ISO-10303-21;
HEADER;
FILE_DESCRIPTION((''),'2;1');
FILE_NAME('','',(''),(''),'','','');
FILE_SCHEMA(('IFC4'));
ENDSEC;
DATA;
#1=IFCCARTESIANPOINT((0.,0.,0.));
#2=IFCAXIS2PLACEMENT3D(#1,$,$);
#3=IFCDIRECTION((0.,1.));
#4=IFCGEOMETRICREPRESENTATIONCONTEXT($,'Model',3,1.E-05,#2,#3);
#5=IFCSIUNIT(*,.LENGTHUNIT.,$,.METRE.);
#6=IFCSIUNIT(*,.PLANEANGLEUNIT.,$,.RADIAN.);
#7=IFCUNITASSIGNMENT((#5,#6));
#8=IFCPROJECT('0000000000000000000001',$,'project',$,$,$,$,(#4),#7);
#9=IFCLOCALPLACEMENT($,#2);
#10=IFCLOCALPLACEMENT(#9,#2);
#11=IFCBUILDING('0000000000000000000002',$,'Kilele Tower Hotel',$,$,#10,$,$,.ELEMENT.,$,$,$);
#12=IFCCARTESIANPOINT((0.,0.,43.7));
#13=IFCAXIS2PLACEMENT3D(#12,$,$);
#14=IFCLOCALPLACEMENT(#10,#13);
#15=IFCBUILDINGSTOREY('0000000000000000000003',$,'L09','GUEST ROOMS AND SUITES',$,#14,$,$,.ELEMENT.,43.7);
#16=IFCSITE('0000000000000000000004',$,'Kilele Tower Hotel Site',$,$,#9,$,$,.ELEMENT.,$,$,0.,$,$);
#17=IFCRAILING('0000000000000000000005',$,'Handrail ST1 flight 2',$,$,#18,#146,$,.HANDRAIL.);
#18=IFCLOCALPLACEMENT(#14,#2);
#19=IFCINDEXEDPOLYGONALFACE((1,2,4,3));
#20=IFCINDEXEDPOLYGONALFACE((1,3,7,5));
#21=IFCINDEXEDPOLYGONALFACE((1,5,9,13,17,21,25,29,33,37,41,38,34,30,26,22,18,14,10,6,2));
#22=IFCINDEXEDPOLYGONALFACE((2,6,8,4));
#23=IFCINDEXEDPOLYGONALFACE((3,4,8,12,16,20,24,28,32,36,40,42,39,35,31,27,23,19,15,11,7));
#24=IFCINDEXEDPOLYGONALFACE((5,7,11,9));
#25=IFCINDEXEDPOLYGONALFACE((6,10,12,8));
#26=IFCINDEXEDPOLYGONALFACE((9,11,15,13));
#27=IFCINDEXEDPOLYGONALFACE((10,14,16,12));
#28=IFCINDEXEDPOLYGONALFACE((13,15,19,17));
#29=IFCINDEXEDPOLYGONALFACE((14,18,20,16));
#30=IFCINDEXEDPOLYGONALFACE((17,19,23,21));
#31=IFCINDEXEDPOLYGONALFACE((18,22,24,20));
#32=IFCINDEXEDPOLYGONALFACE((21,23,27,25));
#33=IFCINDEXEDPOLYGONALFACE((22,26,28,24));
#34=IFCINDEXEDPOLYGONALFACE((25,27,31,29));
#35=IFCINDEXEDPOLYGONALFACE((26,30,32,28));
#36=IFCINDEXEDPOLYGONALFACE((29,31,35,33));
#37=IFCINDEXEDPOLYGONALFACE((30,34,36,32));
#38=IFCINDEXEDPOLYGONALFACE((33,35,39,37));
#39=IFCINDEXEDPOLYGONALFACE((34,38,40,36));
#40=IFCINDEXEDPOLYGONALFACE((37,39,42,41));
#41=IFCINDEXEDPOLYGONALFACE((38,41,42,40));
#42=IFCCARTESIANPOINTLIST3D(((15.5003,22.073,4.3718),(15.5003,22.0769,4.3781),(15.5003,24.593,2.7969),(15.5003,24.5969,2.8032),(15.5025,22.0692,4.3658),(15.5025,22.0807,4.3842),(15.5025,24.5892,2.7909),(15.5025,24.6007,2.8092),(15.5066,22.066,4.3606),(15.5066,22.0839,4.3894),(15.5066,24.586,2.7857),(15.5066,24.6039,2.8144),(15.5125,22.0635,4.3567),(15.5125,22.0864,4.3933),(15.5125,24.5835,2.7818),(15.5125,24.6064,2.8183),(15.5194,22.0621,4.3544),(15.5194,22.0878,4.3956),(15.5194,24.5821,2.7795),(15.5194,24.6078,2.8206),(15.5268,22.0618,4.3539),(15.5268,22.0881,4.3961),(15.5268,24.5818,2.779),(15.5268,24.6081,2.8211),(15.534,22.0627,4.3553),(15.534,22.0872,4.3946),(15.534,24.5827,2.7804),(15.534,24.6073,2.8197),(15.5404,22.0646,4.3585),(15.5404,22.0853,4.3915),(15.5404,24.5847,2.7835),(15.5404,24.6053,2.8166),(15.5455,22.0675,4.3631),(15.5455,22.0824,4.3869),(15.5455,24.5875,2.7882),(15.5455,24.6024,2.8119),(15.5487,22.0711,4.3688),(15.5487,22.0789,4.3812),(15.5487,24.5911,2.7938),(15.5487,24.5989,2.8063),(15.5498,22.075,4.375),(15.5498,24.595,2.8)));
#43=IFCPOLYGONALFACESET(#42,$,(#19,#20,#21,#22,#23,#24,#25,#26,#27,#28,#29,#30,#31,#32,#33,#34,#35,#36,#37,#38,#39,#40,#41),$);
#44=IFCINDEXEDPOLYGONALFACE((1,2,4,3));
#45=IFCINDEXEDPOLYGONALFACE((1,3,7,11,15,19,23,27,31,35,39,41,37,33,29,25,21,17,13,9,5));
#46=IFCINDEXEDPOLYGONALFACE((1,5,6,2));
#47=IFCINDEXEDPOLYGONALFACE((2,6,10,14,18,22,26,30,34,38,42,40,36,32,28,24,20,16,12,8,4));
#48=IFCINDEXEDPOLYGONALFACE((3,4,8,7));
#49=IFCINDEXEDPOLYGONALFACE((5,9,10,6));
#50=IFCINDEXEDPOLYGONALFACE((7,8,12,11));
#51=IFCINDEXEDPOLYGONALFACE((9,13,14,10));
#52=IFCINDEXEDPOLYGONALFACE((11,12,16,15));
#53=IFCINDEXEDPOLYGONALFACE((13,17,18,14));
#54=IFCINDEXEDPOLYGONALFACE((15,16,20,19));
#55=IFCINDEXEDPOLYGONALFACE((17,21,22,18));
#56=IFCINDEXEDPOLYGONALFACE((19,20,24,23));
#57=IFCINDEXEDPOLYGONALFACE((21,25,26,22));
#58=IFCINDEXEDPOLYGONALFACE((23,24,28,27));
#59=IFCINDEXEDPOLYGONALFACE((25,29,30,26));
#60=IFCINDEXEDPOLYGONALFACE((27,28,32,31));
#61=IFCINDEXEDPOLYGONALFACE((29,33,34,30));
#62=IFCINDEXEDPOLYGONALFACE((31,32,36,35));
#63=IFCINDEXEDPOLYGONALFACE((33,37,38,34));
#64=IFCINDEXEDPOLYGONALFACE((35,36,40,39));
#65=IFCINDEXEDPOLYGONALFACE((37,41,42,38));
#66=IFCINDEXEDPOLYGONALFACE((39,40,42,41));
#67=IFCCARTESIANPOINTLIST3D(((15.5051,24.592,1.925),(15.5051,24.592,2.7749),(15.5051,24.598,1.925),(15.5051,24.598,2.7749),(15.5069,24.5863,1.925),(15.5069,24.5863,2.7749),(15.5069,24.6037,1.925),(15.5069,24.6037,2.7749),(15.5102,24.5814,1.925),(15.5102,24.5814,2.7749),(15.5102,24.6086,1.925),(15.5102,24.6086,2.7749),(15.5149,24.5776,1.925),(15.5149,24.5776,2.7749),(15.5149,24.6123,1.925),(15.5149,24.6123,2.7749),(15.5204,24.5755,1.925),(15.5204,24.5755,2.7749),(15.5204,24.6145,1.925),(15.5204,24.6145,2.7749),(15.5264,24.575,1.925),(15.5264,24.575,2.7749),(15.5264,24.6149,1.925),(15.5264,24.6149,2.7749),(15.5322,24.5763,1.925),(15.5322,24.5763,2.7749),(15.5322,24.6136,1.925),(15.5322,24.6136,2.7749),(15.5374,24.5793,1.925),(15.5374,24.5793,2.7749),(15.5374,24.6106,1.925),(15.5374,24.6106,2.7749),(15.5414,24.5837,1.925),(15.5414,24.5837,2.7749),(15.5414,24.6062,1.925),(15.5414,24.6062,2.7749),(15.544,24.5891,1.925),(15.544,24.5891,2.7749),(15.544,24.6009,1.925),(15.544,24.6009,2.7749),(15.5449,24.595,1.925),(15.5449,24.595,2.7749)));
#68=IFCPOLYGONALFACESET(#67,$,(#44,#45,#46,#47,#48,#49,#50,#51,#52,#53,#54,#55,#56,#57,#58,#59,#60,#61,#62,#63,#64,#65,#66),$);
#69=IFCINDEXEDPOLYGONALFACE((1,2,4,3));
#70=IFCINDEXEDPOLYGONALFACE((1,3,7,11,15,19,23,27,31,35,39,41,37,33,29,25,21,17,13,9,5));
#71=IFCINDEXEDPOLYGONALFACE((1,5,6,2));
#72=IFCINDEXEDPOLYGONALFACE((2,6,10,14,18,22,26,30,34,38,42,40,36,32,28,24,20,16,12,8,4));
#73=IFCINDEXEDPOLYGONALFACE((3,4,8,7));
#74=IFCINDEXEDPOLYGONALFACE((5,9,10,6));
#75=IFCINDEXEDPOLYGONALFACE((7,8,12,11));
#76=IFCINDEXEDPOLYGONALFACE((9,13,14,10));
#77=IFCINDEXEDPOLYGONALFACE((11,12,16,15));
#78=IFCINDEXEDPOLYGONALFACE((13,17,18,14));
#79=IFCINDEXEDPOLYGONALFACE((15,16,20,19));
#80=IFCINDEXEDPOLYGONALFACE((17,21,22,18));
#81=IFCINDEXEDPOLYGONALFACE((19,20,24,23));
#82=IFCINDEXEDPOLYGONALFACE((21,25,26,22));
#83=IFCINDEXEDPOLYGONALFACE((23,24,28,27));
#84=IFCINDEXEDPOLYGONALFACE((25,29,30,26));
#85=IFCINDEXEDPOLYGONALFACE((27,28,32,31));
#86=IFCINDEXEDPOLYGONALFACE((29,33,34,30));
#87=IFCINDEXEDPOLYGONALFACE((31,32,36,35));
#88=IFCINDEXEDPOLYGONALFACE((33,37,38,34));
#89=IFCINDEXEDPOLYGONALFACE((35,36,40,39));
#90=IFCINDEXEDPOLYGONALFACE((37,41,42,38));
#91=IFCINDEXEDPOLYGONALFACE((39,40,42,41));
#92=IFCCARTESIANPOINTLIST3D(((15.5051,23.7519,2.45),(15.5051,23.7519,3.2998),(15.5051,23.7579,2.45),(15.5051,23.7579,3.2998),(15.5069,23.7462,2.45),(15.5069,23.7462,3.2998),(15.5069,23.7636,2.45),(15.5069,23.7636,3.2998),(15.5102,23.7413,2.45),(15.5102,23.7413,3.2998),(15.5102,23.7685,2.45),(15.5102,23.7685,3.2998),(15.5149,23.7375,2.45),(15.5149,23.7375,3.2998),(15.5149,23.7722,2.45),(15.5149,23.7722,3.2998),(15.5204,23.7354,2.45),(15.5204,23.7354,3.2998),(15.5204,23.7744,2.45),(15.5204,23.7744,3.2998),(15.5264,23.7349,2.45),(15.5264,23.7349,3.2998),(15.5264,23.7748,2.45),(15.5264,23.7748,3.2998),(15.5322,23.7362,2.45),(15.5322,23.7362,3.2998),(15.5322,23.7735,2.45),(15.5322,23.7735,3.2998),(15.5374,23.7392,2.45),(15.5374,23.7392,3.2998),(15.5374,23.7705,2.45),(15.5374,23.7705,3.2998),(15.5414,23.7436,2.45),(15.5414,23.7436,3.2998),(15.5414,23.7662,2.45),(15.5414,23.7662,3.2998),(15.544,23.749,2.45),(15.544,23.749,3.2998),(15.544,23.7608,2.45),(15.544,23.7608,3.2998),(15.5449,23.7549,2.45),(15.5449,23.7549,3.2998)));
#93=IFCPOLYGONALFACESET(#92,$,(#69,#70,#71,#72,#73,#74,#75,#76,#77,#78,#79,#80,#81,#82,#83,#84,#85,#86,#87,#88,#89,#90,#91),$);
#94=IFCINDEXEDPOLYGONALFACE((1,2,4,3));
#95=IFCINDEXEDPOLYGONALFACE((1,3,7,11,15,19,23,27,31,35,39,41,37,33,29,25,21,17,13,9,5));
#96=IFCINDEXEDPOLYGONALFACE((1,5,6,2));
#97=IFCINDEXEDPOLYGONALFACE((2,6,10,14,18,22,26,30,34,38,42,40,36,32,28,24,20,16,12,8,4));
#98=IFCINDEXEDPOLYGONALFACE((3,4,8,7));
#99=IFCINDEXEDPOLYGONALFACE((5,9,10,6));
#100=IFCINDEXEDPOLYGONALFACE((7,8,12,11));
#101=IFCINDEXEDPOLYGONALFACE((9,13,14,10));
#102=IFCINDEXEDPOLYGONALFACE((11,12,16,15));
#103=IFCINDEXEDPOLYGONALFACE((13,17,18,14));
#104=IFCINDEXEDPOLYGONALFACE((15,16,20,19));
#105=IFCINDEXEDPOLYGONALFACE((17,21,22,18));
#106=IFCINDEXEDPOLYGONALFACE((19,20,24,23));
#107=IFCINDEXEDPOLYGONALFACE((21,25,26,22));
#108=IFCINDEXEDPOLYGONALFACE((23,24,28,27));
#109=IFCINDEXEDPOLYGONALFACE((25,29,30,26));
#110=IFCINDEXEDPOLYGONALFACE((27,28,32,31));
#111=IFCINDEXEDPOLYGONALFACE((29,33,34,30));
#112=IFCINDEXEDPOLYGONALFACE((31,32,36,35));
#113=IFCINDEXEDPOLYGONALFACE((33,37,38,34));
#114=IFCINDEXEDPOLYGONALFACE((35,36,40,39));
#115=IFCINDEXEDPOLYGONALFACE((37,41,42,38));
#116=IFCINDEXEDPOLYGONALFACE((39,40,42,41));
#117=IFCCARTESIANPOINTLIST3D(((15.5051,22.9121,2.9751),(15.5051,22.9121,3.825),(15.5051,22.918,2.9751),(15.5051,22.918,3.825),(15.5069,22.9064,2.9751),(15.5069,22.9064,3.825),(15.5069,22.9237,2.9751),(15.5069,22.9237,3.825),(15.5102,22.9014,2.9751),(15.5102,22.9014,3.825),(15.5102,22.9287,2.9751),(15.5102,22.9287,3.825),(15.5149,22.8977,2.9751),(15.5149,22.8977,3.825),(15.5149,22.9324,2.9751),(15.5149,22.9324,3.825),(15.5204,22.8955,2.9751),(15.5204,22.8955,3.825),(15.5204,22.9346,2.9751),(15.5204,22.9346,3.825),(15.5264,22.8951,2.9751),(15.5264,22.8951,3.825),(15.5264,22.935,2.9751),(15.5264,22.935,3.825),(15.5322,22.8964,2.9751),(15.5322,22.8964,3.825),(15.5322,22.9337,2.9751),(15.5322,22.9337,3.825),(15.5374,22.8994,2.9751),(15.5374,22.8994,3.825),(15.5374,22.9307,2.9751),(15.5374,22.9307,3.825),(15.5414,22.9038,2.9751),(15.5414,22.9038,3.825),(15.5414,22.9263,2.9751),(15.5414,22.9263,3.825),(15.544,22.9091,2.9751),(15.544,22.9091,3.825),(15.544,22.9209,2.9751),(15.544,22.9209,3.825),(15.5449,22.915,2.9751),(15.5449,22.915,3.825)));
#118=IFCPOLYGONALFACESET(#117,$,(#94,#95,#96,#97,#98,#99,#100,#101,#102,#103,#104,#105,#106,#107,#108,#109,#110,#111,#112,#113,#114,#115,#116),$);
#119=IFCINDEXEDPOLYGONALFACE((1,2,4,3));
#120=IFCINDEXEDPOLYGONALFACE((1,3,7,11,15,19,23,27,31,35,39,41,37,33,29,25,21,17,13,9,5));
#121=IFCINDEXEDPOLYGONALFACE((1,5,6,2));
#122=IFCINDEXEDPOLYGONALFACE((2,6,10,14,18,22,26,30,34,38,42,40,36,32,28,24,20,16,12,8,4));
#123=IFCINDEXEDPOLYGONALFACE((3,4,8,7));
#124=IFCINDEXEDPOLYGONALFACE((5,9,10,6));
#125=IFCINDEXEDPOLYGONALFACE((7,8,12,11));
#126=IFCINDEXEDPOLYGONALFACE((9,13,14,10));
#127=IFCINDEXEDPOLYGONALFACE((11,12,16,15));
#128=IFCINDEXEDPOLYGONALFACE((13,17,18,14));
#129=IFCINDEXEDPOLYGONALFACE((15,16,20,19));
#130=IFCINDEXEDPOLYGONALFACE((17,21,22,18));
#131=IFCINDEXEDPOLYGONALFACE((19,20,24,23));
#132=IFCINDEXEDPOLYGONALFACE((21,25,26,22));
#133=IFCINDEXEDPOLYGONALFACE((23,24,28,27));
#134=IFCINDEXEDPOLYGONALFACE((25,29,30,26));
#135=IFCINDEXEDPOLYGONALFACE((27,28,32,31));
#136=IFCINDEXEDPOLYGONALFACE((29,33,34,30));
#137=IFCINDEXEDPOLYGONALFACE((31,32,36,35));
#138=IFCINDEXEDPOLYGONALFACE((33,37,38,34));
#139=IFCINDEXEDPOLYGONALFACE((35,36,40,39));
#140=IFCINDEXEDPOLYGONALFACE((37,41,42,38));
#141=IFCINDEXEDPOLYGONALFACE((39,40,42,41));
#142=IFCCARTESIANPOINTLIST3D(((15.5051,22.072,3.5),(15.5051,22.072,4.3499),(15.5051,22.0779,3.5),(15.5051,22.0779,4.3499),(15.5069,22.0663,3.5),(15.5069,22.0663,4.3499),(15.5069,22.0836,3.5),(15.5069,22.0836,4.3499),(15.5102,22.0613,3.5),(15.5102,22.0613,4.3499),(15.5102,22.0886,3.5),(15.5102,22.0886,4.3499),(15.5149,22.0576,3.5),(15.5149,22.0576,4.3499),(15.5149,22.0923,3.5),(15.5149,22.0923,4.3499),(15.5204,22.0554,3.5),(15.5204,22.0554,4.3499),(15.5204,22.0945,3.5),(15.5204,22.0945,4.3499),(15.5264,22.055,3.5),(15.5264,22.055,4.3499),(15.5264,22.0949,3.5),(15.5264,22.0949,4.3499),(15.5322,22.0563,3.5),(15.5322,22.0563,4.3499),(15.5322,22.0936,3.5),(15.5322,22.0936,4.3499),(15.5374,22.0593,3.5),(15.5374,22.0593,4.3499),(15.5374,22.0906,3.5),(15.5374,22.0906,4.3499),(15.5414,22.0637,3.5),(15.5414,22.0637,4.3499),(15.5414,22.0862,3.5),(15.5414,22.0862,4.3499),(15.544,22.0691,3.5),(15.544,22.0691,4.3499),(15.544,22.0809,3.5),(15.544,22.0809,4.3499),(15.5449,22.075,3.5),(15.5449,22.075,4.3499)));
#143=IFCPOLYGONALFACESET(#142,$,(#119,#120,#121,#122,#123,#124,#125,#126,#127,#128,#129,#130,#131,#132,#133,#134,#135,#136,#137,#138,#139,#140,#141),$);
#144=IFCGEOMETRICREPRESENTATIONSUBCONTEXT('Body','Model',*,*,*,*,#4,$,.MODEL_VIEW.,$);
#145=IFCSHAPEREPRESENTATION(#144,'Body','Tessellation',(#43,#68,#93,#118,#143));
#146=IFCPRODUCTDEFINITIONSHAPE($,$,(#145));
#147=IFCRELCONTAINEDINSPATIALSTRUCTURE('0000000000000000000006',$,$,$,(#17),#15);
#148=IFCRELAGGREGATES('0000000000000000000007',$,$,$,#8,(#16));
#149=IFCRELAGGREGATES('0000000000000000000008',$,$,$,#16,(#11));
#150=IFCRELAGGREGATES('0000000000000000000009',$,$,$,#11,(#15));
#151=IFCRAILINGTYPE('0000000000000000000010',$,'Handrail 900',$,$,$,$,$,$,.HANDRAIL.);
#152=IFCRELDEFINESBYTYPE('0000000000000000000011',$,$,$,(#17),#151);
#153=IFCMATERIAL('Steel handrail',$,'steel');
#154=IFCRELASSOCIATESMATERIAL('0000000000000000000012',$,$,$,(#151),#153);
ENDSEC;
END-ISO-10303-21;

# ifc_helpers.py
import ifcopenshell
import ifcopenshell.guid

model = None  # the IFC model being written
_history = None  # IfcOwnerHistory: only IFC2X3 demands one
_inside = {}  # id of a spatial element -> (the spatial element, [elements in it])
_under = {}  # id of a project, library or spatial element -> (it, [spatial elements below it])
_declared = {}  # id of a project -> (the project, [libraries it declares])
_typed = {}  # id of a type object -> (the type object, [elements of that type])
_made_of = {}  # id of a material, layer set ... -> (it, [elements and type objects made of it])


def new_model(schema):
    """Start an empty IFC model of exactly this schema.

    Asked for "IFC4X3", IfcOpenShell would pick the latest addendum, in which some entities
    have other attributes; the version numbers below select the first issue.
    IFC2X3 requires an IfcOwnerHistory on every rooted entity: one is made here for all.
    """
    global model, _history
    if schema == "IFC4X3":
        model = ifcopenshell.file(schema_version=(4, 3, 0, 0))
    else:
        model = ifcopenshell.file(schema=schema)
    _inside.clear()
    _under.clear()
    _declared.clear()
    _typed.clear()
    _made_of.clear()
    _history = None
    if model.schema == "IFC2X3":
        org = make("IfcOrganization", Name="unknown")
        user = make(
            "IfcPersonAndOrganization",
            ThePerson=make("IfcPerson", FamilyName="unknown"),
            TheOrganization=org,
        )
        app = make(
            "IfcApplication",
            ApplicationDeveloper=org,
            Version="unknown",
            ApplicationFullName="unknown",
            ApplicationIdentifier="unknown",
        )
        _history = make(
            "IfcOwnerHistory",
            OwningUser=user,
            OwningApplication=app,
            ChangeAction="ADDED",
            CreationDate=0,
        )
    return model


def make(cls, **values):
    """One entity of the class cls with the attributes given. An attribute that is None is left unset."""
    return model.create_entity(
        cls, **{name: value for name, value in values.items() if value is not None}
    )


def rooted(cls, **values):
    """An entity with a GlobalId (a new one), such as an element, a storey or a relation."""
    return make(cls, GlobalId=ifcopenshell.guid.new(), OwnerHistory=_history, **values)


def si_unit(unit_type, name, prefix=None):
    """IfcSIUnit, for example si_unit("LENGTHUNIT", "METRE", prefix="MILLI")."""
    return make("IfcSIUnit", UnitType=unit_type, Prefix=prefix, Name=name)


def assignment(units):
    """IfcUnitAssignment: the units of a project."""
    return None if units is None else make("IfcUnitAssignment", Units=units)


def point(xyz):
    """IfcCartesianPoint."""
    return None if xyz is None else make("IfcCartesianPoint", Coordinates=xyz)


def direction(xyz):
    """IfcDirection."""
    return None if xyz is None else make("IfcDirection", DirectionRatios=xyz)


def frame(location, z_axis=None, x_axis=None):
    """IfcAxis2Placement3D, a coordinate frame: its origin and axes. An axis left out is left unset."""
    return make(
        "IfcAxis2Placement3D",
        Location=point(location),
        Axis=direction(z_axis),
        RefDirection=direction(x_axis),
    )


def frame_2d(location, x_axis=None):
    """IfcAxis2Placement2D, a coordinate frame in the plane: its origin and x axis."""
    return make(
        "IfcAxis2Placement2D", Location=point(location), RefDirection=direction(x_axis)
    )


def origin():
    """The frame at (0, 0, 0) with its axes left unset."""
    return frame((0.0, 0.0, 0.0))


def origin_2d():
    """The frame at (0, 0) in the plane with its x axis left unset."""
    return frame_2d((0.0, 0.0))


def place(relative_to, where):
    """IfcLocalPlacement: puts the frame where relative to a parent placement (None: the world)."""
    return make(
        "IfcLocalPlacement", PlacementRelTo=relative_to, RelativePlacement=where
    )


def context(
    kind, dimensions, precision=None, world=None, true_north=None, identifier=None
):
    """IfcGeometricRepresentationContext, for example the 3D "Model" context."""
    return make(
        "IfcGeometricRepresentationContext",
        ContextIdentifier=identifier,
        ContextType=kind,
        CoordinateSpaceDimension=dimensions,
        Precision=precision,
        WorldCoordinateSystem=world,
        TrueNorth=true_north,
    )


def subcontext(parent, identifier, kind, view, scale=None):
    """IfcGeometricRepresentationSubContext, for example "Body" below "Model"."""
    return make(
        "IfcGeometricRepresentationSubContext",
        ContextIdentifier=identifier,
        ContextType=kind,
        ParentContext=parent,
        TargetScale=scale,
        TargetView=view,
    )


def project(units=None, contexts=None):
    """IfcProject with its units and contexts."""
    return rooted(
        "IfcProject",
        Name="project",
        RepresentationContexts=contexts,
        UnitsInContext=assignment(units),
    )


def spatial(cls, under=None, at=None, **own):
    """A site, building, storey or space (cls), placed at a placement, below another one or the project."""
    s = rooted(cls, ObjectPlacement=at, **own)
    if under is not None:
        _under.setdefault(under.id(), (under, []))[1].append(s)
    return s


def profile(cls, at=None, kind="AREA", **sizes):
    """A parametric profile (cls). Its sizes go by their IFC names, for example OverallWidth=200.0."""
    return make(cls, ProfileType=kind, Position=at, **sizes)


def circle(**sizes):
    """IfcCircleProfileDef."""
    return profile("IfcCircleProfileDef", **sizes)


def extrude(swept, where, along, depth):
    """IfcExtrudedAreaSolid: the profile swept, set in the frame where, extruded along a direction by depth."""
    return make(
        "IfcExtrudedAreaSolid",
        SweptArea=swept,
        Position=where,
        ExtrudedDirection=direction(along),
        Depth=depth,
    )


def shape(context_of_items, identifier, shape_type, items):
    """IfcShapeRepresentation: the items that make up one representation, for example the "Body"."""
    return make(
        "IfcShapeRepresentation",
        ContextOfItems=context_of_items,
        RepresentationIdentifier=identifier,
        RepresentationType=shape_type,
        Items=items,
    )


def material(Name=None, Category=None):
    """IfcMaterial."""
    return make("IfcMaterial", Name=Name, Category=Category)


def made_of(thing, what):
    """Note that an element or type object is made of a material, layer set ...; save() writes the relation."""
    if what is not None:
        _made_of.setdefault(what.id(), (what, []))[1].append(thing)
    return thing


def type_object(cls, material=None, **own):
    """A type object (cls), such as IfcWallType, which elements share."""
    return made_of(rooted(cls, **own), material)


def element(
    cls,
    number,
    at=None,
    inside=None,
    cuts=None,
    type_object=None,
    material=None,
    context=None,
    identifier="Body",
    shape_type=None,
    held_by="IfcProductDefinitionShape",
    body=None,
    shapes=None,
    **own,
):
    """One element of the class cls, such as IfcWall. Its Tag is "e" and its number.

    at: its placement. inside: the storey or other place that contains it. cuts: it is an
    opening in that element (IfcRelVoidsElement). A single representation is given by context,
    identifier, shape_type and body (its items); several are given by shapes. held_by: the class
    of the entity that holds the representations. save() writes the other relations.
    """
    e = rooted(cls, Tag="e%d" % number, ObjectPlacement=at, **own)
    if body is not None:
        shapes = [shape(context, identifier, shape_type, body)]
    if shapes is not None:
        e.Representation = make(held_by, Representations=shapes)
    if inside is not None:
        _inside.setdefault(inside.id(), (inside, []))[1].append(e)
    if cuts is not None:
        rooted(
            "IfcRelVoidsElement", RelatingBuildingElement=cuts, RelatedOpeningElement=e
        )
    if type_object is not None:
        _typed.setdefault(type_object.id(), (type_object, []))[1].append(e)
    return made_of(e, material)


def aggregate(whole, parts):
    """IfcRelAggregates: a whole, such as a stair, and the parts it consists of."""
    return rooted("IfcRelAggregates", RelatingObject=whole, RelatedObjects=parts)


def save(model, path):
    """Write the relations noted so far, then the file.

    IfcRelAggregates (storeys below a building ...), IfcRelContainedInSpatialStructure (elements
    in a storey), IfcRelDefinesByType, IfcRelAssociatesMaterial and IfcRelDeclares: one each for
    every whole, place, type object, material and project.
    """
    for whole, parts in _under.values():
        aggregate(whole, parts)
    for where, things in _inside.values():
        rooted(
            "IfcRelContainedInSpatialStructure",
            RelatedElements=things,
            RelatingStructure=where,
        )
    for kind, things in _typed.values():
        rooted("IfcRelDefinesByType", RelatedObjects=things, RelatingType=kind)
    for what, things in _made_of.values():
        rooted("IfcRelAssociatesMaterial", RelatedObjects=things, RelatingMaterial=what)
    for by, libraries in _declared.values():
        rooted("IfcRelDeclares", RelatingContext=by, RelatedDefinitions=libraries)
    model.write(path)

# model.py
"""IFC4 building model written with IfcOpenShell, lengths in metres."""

from ifc_helpers import new_model, si_unit, direction, frame, origin, origin_2d, place, context, subcontext, project, spatial, circle, extrude, material, type_object, element, save


model = new_model("IFC4")

# Units and contexts
model_context = context("Model", 3, precision=1e-05, world=origin(), true_north=direction((0.0, 1.0)))
body_context = subcontext(model_context, "Body", "Model", "MODEL_VIEW")
ifc_project = project(units=[si_unit("LENGTHUNIT", "METRE"), si_unit("PLANEANGLEUNIT", "RADIAN")], contexts=[model_context])

# Site, building, storey
site_placement = place(None, origin())
site = spatial("IfcSite", under=ifc_project, at=site_placement, Name="Kilele Tower Hotel Site", CompositionType="ELEMENT", RefElevation=0.0)
building_placement = place(site_placement, origin())
building = spatial("IfcBuilding", under=site, at=building_placement, Name="Kilele Tower Hotel", CompositionType="ELEMENT")
storey_placement = place(building_placement, frame((0.0, 0.0, 43.7)))
storey = spatial("IfcBuildingStorey", under=building, at=storey_placement, Name="L09", Description="GUEST ROOMS AND SUITES", CompositionType="ELEMENT", Elevation=43.7)

# Railing
ifc_material_1 = material(Name="Steel handrail", Category="steel")
railing_type_1 = type_object("IfcRailingType", Name="Handrail 900", PredefinedType="HANDRAIL", material=ifc_material_1)
for number, where, name in (
    (1, (15.5249, 24.595, 1.925), "Handrail ST1 flight 2"),
):
    element("IfcRailing", number, at=place(storey_placement, frame(where)), inside=storey, type_object=railing_type_1, Name=name, PredefinedType="HANDRAIL", context=body_context, shape_type="SweptSolid", body=[
        extrude(circle(Radius=0.0249, at=origin_2d()), frame((0.0, 0.0, 0.875), z_axis=(0.0, -0.848008, 0.529984), x_axis=(1.0, 0.0, 0.0)), (0.0, 0.0, 1.0), 2.9717),
        extrude(circle(Radius=0.02, at=origin_2d()), origin(), (0.0, 0.0, 1.0), 0.8499),
        extrude(circle(Radius=0.02, at=origin_2d()), frame((0.0, -0.8401, 0.5249)), (0.0, 0.0, 1.0), 0.8499),
        extrude(circle(Radius=0.02, at=origin_2d()), frame((0.0, -1.6799, 1.05)), (0.0, 0.0, 1.0), 0.8499),
        extrude(circle(Radius=0.02, at=origin_2d()), frame((0.0, -2.52, 1.575)), (0.0, 0.0, 1.0), 0.8499),
    ])

save(model, "model.ifc")
